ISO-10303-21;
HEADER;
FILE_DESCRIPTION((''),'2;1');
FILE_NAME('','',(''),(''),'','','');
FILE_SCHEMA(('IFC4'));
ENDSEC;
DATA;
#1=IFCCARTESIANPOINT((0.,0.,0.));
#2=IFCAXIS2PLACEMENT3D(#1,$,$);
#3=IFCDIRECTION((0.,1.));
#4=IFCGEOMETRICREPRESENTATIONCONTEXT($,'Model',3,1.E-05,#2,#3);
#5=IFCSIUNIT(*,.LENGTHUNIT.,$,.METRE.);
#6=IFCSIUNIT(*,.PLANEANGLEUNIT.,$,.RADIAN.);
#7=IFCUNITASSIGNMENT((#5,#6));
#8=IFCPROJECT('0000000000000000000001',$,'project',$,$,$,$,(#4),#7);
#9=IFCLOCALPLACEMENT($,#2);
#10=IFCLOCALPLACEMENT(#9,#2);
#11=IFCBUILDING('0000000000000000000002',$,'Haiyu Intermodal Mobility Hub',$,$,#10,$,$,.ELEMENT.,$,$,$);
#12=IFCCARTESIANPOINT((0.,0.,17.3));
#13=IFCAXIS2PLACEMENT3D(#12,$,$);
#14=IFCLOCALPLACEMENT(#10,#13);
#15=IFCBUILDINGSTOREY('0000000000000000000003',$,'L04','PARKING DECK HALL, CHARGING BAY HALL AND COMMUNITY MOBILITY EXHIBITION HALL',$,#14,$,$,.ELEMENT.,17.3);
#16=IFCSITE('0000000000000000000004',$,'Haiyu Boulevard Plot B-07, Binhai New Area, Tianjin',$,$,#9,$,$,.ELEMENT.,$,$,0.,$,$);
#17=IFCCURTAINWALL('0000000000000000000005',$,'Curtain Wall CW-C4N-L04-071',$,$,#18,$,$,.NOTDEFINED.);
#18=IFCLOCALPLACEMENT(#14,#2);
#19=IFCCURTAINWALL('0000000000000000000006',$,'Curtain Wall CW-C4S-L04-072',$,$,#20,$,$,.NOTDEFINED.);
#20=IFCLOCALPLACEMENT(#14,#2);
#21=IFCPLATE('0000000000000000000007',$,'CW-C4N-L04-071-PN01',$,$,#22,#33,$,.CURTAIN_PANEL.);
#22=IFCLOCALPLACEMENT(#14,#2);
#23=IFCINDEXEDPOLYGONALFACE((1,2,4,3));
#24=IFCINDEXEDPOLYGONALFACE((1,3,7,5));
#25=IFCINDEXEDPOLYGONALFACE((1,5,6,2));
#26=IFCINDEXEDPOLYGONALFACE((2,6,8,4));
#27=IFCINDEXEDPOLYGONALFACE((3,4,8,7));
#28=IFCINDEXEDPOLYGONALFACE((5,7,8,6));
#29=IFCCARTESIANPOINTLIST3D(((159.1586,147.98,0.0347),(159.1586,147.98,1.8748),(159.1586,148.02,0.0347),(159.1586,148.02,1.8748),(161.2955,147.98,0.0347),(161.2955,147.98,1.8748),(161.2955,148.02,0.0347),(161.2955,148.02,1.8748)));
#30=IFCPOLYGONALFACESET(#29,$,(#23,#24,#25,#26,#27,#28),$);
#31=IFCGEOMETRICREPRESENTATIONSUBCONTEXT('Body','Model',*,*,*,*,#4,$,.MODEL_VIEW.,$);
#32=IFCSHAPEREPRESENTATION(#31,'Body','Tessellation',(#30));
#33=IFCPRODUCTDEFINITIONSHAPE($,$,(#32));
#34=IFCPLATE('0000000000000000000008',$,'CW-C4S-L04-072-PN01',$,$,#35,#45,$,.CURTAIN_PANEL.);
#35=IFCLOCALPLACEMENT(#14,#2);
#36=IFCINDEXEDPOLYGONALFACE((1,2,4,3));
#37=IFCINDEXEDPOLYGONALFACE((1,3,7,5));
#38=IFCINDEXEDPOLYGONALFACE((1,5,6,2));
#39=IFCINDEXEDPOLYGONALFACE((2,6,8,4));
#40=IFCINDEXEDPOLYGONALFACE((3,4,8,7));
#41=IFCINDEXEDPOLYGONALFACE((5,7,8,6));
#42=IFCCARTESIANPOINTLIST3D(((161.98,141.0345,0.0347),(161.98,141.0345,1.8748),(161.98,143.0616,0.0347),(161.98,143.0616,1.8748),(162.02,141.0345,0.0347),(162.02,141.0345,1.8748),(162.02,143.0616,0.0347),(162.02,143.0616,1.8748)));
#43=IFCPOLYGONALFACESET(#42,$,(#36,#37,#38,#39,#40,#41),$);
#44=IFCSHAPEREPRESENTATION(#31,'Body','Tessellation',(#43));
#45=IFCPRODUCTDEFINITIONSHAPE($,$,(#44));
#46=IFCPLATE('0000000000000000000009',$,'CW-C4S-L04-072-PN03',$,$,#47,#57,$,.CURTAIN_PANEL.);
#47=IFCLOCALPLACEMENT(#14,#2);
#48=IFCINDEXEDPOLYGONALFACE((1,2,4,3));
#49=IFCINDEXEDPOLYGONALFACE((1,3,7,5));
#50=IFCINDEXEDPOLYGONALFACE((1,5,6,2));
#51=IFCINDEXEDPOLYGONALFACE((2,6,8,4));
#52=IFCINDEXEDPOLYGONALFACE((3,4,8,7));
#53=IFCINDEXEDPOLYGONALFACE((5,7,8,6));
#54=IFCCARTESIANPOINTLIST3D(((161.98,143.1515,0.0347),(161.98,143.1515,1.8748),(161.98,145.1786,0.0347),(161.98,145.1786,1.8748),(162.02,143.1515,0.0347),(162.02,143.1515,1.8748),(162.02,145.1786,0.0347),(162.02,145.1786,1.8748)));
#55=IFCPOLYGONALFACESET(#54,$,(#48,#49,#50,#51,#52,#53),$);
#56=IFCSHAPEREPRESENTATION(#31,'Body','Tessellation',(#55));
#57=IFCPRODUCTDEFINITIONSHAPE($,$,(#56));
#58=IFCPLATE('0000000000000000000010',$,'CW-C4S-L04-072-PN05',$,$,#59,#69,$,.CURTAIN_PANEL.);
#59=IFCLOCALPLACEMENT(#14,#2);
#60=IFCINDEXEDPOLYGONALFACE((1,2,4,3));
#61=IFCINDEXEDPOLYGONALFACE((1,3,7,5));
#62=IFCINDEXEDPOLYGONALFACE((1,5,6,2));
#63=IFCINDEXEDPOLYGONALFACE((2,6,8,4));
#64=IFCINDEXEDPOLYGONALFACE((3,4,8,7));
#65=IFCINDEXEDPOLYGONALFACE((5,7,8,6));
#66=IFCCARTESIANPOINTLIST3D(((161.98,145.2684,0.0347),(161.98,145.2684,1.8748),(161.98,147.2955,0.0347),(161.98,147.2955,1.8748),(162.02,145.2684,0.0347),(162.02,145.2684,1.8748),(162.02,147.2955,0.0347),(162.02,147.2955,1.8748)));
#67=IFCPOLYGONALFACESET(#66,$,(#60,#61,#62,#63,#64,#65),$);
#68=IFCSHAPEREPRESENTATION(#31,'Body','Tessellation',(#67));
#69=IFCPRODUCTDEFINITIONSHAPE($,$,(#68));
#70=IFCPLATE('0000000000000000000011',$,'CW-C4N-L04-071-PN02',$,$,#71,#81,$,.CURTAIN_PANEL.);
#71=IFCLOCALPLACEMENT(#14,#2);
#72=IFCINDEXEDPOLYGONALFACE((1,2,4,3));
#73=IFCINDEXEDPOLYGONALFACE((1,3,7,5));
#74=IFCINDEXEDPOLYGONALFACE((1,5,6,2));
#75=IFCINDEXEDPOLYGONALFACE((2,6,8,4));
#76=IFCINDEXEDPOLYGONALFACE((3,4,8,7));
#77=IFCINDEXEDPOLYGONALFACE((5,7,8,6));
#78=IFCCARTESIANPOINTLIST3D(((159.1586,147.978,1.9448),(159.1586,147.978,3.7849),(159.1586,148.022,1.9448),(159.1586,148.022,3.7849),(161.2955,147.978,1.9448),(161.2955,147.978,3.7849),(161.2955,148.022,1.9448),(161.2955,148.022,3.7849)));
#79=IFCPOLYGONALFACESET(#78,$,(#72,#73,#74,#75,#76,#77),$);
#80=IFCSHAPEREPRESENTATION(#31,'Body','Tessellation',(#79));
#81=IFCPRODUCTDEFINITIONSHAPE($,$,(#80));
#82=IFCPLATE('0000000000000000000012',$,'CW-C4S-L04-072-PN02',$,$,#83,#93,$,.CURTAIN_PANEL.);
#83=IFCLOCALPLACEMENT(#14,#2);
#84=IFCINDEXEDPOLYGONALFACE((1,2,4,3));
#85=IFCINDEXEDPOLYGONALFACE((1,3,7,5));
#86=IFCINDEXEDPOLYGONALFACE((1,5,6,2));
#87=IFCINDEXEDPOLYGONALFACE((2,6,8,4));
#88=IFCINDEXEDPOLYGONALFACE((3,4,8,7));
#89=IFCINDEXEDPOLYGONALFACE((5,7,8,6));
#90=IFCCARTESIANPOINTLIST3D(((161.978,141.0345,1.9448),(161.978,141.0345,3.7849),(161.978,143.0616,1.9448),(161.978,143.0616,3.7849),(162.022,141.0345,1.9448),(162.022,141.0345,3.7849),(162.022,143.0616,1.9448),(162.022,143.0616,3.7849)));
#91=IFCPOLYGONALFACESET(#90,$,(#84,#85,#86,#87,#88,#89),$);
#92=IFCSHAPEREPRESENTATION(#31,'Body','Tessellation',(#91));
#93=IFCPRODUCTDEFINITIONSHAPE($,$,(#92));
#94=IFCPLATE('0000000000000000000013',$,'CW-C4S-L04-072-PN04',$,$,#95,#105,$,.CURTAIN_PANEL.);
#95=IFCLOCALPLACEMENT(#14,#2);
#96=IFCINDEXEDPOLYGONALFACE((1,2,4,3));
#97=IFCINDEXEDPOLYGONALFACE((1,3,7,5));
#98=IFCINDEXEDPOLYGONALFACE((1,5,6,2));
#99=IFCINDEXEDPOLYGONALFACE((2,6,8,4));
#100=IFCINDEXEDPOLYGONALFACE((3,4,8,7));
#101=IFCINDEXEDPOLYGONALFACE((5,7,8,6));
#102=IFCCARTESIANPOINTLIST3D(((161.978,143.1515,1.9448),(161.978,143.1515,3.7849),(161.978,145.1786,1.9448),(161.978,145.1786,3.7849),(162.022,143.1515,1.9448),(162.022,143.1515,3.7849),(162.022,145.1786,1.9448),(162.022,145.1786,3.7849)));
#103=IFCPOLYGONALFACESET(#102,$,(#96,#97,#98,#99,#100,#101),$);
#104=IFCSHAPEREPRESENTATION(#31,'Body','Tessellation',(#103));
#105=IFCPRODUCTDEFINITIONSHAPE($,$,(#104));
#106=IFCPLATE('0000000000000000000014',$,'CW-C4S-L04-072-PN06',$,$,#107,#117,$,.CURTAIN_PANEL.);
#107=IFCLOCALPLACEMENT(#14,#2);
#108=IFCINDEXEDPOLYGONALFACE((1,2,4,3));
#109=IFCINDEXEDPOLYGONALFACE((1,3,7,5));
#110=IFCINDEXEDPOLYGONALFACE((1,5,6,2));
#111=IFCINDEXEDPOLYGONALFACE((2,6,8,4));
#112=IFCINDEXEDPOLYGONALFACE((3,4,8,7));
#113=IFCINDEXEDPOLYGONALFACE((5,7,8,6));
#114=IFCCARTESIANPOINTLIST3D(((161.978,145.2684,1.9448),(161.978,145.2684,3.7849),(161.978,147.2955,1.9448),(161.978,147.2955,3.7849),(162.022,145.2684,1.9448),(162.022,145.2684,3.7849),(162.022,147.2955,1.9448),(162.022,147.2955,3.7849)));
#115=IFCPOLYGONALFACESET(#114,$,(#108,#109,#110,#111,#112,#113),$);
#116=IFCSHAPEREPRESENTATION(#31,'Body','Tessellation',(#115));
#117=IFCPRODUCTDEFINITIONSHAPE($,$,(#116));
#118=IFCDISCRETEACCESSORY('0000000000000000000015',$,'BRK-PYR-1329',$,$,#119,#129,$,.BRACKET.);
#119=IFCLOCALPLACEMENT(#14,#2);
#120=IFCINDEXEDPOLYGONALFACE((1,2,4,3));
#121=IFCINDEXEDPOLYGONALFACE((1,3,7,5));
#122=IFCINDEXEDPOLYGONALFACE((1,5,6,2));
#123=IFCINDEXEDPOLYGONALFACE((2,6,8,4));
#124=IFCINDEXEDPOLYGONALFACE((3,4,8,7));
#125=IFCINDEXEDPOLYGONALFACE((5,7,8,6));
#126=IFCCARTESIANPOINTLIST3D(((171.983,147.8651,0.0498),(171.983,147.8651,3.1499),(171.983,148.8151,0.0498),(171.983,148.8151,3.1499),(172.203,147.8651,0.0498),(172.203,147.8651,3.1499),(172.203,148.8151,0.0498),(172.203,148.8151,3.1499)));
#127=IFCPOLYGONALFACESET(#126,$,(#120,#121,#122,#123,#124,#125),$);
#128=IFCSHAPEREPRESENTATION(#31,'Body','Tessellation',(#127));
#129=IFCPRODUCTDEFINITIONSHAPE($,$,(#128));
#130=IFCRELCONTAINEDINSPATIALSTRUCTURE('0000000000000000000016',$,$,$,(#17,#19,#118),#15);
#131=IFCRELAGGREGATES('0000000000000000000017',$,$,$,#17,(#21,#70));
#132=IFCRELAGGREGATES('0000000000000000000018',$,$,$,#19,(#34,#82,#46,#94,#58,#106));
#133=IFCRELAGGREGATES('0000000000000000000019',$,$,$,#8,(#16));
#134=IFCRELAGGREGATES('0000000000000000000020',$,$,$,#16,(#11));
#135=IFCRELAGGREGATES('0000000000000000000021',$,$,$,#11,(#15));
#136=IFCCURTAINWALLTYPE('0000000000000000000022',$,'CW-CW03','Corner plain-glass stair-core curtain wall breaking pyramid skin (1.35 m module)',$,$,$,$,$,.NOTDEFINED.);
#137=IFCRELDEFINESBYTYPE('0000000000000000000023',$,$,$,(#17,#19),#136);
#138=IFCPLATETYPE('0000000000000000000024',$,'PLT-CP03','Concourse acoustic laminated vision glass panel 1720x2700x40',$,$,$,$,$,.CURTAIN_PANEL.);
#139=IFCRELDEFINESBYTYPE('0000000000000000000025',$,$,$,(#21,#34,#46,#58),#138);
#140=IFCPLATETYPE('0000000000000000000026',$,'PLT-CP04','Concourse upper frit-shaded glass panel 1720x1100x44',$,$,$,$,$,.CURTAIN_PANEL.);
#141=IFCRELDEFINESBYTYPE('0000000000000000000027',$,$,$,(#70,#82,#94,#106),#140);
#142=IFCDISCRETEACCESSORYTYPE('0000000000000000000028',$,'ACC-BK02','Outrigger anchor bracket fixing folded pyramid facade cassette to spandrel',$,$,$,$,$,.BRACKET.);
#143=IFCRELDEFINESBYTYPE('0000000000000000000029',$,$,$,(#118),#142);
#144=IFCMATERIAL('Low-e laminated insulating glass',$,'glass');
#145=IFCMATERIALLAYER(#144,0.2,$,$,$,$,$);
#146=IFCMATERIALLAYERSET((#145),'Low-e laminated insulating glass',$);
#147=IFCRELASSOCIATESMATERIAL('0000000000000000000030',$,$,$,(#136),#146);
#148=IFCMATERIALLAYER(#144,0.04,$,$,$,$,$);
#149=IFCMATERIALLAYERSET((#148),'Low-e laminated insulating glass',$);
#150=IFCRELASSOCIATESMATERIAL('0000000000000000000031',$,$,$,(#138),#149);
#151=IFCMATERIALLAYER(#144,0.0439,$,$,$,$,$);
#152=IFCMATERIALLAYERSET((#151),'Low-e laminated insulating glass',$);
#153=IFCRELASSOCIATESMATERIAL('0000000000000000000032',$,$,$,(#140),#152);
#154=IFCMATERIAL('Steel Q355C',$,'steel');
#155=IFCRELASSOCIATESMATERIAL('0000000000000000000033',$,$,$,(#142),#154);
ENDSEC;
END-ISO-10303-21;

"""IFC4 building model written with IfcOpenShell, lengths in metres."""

from ifc_helpers import new_model, si_unit, direction, frame, origin, origin_2d, place, context, subcontext, project, spatial, rectangle, extrude, material, layer, layer_set, type_object, element, aggregate, save


model = new_model("IFC4")

# Units and contexts
model_context = context("Model", 3, precision=1e-05, world=origin(), true_north=direction((0.0, 1.0)))
body_context = subcontext(model_context, "Body", "Model", "MODEL_VIEW")
ifc_project = project(units=[si_unit("LENGTHUNIT", "METRE"), si_unit("PLANEANGLEUNIT", "RADIAN")], contexts=[model_context])

# Site, building, storey
site_placement = place(None, origin())
site = spatial("IfcSite", under=ifc_project, at=site_placement, Name="Haiyu Boulevard Plot B-07, Binhai New Area, Tianjin", CompositionType="ELEMENT", RefElevation=0.0)
building_placement = place(site_placement, origin())
building = spatial("IfcBuilding", under=site, at=building_placement, Name="Haiyu Intermodal Mobility Hub", CompositionType="ELEMENT")
storey_placement = place(building_placement, frame((0.0, 0.0, 17.3)))
storey = spatial("IfcBuildingStorey", under=building, at=storey_placement, Name="L04", Description="PARKING DECK HALL, CHARGING BAY HALL AND COMMUNITY MOBILITY EXHIBITION HALL", CompositionType="ELEMENT", Elevation=17.3)

# Shared definitions
ifc_material_1 = material(Name="Steel Q355C", Category="steel")

# Curtain wall
ifc_material_2 = material(Name="Low-e laminated insulating glass", Category="glass")
ifc_layer_1 = layer(ifc_material_2, 0.2)
ifc_layer_set_1 = layer_set([ifc_layer_1], Name="Low-e laminated insulating glass")
curtain_wall_type = type_object("IfcCurtainWallType", Name="CW-CW03", Description="Corner plain-glass stair-core curtain wall breaking pyramid skin (1.35 m module)", PredefinedType="NOTDEFINED", material=ifc_layer_set_1)
curtain_wall_1_placement = place(storey_placement, origin())
curtain_wall_1 = element("IfcCurtainWall", 1, at=curtain_wall_1_placement, inside=storey, type_object=curtain_wall_type, Name="Curtain Wall CW-C4N-L04-071", PredefinedType="NOTDEFINED")

# Curtain wall
curtain_wall_2_placement = place(storey_placement, origin())
curtain_wall_2 = element("IfcCurtainWall", 2, at=curtain_wall_2_placement, inside=storey, type_object=curtain_wall_type, Name="Curtain Wall CW-C4S-L04-072", PredefinedType="NOTDEFINED")

# Plates
ifc_layer_2 = layer(ifc_material_2, 0.04)
ifc_layer_set_2 = layer_set([ifc_layer_2], Name="Low-e laminated insulating glass")
plate_type_1 = type_object("IfcPlateType", Name="PLT-CP03", Description="Concourse acoustic laminated vision glass panel 1720x2700x40", PredefinedType="CURTAIN_PANEL", material=ifc_layer_set_2)
plate_1_placement = place(storey_placement, frame((160.2271, 148.0, 0.0347), z_axis=(0.0, 0.0, 1.0), x_axis=(-1.0, 0.0, 0.0)))
plate_1 = element("IfcPlate", 3, at=plate_1_placement, type_object=plate_type_1, Name="CW-C4N-L04-071-PN01", PredefinedType="CURTAIN_PANEL", context=body_context, shape_type="SweptSolid", body=[
    extrude(rectangle(XDim=2.137, YDim=0.04, at=origin_2d()), origin(), (0.0, 0.0, 1.0), 1.8401),
])
plate_2_placement = place(storey_placement, frame((162.0, 142.0481, 0.0347), z_axis=(0.0, 0.0, 1.0), x_axis=(0.0, 1.0, 0.0)))
plate_2 = element("IfcPlate", 4, at=plate_2_placement, type_object=plate_type_1, Name="CW-C4S-L04-072-PN01", PredefinedType="CURTAIN_PANEL", context=body_context, shape_type="SweptSolid", body=[
    extrude(rectangle(XDim=2.0271, YDim=0.04, at=origin_2d()), origin(), (0.0, 0.0, 1.0), 1.8401),
])
plate_3_placement = place(storey_placement, frame((162.0, 144.165, 0.0347), z_axis=(0.0, 0.0, 1.0), x_axis=(0.0, 1.0, 0.0)))
plate_3 = element("IfcPlate", 5, at=plate_3_placement, type_object=plate_type_1, Name="CW-C4S-L04-072-PN03", PredefinedType="CURTAIN_PANEL", context=body_context, shape_type="SweptSolid", body=[
    extrude(rectangle(XDim=2.0271, YDim=0.04, at=origin_2d()), origin(), (0.0, 0.0, 1.0), 1.8401),
])
plate_4_placement = place(storey_placement, frame((162.0, 146.282, 0.0347), z_axis=(0.0, 0.0, 1.0), x_axis=(0.0, 1.0, 0.0)))
plate_4 = element("IfcPlate", 6, at=plate_4_placement, type_object=plate_type_1, Name="CW-C4S-L04-072-PN05", PredefinedType="CURTAIN_PANEL", context=body_context, shape_type="SweptSolid", body=[
    extrude(rectangle(XDim=2.0271, YDim=0.04, at=origin_2d()), origin(), (0.0, 0.0, 1.0), 1.8401),
])
ifc_layer_3 = layer(ifc_material_2, 0.0439)
ifc_layer_set_3 = layer_set([ifc_layer_3], Name="Low-e laminated insulating glass")
plate_type_2 = type_object("IfcPlateType", Name="PLT-CP04", Description="Concourse upper frit-shaded glass panel 1720x1100x44", PredefinedType="CURTAIN_PANEL", material=ifc_layer_set_3)
plate_5_placement = place(storey_placement, frame((160.2271, 148.0, 1.9448), z_axis=(0.0, 0.0, 1.0), x_axis=(-1.0, 0.0, 0.0)))
plate_5 = element("IfcPlate", 7, at=plate_5_placement, type_object=plate_type_2, Name="CW-C4N-L04-071-PN02", PredefinedType="CURTAIN_PANEL", context=body_context, shape_type="SweptSolid", body=[
    extrude(rectangle(XDim=2.137, YDim=0.0439, at=origin_2d()), origin(), (0.0, 0.0, 1.0), 1.8401),
])
aggregate(curtain_wall_1, [plate_1, plate_5])
plate_6_placement = place(storey_placement, frame((162.0, 142.0481, 1.9448), z_axis=(0.0, 0.0, 1.0), x_axis=(0.0, 1.0, 0.0)))
plate_6 = element("IfcPlate", 8, at=plate_6_placement, type_object=plate_type_2, Name="CW-C4S-L04-072-PN02", PredefinedType="CURTAIN_PANEL", context=body_context, shape_type="SweptSolid", body=[
    extrude(rectangle(XDim=2.0271, YDim=0.0439, at=origin_2d()), origin(), (0.0, 0.0, 1.0), 1.8401),
])
plate_7_placement = place(storey_placement, frame((162.0, 144.165, 1.9448), z_axis=(0.0, 0.0, 1.0), x_axis=(0.0, 1.0, 0.0)))
plate_7 = element("IfcPlate", 9, at=plate_7_placement, type_object=plate_type_2, Name="CW-C4S-L04-072-PN04", PredefinedType="CURTAIN_PANEL", context=body_context, shape_type="SweptSolid", body=[
    extrude(rectangle(XDim=2.0271, YDim=0.0439, at=origin_2d()), origin(), (0.0, 0.0, 1.0), 1.8401),
])
plate_8_placement = place(storey_placement, frame((162.0, 146.282, 1.9448), z_axis=(0.0, 0.0, 1.0), x_axis=(0.0, 1.0, 0.0)))
plate_8 = element("IfcPlate", 10, at=plate_8_placement, type_object=plate_type_2, Name="CW-C4S-L04-072-PN06", PredefinedType="CURTAIN_PANEL", context=body_context, shape_type="SweptSolid", body=[
    extrude(rectangle(XDim=2.0271, YDim=0.0439, at=origin_2d()), origin(), (0.0, 0.0, 1.0), 1.8401),
])
aggregate(curtain_wall_2, [plate_2, plate_6, plate_3, plate_7, plate_4, plate_8])

# Discrete accessory
discrete_accessory_type = type_object("IfcDiscreteAccessoryType", Name="ACC-BK02", Description="Outrigger anchor bracket fixing folded pyramid facade cassette to spandrel", PredefinedType="BRACKET", material=ifc_material_1)
discrete_accessory_placement = place(storey_placement, frame((172.093, 148.3401, 0.0498), z_axis=(0.0, 0.0, 1.0), x_axis=(1.0, 0.0, 0.0)))
element("IfcDiscreteAccessory", 11, at=discrete_accessory_placement, inside=storey, type_object=discrete_accessory_type, Name="BRK-PYR-1329", PredefinedType="BRACKET", context=body_context, shape_type="SweptSolid", body=[
    extrude(rectangle(XDim=0.22, YDim=0.95, at=origin_2d()), origin(), (0.0, 0.0, 1.0), 3.1001),
])

save(model, "model.ifc")
